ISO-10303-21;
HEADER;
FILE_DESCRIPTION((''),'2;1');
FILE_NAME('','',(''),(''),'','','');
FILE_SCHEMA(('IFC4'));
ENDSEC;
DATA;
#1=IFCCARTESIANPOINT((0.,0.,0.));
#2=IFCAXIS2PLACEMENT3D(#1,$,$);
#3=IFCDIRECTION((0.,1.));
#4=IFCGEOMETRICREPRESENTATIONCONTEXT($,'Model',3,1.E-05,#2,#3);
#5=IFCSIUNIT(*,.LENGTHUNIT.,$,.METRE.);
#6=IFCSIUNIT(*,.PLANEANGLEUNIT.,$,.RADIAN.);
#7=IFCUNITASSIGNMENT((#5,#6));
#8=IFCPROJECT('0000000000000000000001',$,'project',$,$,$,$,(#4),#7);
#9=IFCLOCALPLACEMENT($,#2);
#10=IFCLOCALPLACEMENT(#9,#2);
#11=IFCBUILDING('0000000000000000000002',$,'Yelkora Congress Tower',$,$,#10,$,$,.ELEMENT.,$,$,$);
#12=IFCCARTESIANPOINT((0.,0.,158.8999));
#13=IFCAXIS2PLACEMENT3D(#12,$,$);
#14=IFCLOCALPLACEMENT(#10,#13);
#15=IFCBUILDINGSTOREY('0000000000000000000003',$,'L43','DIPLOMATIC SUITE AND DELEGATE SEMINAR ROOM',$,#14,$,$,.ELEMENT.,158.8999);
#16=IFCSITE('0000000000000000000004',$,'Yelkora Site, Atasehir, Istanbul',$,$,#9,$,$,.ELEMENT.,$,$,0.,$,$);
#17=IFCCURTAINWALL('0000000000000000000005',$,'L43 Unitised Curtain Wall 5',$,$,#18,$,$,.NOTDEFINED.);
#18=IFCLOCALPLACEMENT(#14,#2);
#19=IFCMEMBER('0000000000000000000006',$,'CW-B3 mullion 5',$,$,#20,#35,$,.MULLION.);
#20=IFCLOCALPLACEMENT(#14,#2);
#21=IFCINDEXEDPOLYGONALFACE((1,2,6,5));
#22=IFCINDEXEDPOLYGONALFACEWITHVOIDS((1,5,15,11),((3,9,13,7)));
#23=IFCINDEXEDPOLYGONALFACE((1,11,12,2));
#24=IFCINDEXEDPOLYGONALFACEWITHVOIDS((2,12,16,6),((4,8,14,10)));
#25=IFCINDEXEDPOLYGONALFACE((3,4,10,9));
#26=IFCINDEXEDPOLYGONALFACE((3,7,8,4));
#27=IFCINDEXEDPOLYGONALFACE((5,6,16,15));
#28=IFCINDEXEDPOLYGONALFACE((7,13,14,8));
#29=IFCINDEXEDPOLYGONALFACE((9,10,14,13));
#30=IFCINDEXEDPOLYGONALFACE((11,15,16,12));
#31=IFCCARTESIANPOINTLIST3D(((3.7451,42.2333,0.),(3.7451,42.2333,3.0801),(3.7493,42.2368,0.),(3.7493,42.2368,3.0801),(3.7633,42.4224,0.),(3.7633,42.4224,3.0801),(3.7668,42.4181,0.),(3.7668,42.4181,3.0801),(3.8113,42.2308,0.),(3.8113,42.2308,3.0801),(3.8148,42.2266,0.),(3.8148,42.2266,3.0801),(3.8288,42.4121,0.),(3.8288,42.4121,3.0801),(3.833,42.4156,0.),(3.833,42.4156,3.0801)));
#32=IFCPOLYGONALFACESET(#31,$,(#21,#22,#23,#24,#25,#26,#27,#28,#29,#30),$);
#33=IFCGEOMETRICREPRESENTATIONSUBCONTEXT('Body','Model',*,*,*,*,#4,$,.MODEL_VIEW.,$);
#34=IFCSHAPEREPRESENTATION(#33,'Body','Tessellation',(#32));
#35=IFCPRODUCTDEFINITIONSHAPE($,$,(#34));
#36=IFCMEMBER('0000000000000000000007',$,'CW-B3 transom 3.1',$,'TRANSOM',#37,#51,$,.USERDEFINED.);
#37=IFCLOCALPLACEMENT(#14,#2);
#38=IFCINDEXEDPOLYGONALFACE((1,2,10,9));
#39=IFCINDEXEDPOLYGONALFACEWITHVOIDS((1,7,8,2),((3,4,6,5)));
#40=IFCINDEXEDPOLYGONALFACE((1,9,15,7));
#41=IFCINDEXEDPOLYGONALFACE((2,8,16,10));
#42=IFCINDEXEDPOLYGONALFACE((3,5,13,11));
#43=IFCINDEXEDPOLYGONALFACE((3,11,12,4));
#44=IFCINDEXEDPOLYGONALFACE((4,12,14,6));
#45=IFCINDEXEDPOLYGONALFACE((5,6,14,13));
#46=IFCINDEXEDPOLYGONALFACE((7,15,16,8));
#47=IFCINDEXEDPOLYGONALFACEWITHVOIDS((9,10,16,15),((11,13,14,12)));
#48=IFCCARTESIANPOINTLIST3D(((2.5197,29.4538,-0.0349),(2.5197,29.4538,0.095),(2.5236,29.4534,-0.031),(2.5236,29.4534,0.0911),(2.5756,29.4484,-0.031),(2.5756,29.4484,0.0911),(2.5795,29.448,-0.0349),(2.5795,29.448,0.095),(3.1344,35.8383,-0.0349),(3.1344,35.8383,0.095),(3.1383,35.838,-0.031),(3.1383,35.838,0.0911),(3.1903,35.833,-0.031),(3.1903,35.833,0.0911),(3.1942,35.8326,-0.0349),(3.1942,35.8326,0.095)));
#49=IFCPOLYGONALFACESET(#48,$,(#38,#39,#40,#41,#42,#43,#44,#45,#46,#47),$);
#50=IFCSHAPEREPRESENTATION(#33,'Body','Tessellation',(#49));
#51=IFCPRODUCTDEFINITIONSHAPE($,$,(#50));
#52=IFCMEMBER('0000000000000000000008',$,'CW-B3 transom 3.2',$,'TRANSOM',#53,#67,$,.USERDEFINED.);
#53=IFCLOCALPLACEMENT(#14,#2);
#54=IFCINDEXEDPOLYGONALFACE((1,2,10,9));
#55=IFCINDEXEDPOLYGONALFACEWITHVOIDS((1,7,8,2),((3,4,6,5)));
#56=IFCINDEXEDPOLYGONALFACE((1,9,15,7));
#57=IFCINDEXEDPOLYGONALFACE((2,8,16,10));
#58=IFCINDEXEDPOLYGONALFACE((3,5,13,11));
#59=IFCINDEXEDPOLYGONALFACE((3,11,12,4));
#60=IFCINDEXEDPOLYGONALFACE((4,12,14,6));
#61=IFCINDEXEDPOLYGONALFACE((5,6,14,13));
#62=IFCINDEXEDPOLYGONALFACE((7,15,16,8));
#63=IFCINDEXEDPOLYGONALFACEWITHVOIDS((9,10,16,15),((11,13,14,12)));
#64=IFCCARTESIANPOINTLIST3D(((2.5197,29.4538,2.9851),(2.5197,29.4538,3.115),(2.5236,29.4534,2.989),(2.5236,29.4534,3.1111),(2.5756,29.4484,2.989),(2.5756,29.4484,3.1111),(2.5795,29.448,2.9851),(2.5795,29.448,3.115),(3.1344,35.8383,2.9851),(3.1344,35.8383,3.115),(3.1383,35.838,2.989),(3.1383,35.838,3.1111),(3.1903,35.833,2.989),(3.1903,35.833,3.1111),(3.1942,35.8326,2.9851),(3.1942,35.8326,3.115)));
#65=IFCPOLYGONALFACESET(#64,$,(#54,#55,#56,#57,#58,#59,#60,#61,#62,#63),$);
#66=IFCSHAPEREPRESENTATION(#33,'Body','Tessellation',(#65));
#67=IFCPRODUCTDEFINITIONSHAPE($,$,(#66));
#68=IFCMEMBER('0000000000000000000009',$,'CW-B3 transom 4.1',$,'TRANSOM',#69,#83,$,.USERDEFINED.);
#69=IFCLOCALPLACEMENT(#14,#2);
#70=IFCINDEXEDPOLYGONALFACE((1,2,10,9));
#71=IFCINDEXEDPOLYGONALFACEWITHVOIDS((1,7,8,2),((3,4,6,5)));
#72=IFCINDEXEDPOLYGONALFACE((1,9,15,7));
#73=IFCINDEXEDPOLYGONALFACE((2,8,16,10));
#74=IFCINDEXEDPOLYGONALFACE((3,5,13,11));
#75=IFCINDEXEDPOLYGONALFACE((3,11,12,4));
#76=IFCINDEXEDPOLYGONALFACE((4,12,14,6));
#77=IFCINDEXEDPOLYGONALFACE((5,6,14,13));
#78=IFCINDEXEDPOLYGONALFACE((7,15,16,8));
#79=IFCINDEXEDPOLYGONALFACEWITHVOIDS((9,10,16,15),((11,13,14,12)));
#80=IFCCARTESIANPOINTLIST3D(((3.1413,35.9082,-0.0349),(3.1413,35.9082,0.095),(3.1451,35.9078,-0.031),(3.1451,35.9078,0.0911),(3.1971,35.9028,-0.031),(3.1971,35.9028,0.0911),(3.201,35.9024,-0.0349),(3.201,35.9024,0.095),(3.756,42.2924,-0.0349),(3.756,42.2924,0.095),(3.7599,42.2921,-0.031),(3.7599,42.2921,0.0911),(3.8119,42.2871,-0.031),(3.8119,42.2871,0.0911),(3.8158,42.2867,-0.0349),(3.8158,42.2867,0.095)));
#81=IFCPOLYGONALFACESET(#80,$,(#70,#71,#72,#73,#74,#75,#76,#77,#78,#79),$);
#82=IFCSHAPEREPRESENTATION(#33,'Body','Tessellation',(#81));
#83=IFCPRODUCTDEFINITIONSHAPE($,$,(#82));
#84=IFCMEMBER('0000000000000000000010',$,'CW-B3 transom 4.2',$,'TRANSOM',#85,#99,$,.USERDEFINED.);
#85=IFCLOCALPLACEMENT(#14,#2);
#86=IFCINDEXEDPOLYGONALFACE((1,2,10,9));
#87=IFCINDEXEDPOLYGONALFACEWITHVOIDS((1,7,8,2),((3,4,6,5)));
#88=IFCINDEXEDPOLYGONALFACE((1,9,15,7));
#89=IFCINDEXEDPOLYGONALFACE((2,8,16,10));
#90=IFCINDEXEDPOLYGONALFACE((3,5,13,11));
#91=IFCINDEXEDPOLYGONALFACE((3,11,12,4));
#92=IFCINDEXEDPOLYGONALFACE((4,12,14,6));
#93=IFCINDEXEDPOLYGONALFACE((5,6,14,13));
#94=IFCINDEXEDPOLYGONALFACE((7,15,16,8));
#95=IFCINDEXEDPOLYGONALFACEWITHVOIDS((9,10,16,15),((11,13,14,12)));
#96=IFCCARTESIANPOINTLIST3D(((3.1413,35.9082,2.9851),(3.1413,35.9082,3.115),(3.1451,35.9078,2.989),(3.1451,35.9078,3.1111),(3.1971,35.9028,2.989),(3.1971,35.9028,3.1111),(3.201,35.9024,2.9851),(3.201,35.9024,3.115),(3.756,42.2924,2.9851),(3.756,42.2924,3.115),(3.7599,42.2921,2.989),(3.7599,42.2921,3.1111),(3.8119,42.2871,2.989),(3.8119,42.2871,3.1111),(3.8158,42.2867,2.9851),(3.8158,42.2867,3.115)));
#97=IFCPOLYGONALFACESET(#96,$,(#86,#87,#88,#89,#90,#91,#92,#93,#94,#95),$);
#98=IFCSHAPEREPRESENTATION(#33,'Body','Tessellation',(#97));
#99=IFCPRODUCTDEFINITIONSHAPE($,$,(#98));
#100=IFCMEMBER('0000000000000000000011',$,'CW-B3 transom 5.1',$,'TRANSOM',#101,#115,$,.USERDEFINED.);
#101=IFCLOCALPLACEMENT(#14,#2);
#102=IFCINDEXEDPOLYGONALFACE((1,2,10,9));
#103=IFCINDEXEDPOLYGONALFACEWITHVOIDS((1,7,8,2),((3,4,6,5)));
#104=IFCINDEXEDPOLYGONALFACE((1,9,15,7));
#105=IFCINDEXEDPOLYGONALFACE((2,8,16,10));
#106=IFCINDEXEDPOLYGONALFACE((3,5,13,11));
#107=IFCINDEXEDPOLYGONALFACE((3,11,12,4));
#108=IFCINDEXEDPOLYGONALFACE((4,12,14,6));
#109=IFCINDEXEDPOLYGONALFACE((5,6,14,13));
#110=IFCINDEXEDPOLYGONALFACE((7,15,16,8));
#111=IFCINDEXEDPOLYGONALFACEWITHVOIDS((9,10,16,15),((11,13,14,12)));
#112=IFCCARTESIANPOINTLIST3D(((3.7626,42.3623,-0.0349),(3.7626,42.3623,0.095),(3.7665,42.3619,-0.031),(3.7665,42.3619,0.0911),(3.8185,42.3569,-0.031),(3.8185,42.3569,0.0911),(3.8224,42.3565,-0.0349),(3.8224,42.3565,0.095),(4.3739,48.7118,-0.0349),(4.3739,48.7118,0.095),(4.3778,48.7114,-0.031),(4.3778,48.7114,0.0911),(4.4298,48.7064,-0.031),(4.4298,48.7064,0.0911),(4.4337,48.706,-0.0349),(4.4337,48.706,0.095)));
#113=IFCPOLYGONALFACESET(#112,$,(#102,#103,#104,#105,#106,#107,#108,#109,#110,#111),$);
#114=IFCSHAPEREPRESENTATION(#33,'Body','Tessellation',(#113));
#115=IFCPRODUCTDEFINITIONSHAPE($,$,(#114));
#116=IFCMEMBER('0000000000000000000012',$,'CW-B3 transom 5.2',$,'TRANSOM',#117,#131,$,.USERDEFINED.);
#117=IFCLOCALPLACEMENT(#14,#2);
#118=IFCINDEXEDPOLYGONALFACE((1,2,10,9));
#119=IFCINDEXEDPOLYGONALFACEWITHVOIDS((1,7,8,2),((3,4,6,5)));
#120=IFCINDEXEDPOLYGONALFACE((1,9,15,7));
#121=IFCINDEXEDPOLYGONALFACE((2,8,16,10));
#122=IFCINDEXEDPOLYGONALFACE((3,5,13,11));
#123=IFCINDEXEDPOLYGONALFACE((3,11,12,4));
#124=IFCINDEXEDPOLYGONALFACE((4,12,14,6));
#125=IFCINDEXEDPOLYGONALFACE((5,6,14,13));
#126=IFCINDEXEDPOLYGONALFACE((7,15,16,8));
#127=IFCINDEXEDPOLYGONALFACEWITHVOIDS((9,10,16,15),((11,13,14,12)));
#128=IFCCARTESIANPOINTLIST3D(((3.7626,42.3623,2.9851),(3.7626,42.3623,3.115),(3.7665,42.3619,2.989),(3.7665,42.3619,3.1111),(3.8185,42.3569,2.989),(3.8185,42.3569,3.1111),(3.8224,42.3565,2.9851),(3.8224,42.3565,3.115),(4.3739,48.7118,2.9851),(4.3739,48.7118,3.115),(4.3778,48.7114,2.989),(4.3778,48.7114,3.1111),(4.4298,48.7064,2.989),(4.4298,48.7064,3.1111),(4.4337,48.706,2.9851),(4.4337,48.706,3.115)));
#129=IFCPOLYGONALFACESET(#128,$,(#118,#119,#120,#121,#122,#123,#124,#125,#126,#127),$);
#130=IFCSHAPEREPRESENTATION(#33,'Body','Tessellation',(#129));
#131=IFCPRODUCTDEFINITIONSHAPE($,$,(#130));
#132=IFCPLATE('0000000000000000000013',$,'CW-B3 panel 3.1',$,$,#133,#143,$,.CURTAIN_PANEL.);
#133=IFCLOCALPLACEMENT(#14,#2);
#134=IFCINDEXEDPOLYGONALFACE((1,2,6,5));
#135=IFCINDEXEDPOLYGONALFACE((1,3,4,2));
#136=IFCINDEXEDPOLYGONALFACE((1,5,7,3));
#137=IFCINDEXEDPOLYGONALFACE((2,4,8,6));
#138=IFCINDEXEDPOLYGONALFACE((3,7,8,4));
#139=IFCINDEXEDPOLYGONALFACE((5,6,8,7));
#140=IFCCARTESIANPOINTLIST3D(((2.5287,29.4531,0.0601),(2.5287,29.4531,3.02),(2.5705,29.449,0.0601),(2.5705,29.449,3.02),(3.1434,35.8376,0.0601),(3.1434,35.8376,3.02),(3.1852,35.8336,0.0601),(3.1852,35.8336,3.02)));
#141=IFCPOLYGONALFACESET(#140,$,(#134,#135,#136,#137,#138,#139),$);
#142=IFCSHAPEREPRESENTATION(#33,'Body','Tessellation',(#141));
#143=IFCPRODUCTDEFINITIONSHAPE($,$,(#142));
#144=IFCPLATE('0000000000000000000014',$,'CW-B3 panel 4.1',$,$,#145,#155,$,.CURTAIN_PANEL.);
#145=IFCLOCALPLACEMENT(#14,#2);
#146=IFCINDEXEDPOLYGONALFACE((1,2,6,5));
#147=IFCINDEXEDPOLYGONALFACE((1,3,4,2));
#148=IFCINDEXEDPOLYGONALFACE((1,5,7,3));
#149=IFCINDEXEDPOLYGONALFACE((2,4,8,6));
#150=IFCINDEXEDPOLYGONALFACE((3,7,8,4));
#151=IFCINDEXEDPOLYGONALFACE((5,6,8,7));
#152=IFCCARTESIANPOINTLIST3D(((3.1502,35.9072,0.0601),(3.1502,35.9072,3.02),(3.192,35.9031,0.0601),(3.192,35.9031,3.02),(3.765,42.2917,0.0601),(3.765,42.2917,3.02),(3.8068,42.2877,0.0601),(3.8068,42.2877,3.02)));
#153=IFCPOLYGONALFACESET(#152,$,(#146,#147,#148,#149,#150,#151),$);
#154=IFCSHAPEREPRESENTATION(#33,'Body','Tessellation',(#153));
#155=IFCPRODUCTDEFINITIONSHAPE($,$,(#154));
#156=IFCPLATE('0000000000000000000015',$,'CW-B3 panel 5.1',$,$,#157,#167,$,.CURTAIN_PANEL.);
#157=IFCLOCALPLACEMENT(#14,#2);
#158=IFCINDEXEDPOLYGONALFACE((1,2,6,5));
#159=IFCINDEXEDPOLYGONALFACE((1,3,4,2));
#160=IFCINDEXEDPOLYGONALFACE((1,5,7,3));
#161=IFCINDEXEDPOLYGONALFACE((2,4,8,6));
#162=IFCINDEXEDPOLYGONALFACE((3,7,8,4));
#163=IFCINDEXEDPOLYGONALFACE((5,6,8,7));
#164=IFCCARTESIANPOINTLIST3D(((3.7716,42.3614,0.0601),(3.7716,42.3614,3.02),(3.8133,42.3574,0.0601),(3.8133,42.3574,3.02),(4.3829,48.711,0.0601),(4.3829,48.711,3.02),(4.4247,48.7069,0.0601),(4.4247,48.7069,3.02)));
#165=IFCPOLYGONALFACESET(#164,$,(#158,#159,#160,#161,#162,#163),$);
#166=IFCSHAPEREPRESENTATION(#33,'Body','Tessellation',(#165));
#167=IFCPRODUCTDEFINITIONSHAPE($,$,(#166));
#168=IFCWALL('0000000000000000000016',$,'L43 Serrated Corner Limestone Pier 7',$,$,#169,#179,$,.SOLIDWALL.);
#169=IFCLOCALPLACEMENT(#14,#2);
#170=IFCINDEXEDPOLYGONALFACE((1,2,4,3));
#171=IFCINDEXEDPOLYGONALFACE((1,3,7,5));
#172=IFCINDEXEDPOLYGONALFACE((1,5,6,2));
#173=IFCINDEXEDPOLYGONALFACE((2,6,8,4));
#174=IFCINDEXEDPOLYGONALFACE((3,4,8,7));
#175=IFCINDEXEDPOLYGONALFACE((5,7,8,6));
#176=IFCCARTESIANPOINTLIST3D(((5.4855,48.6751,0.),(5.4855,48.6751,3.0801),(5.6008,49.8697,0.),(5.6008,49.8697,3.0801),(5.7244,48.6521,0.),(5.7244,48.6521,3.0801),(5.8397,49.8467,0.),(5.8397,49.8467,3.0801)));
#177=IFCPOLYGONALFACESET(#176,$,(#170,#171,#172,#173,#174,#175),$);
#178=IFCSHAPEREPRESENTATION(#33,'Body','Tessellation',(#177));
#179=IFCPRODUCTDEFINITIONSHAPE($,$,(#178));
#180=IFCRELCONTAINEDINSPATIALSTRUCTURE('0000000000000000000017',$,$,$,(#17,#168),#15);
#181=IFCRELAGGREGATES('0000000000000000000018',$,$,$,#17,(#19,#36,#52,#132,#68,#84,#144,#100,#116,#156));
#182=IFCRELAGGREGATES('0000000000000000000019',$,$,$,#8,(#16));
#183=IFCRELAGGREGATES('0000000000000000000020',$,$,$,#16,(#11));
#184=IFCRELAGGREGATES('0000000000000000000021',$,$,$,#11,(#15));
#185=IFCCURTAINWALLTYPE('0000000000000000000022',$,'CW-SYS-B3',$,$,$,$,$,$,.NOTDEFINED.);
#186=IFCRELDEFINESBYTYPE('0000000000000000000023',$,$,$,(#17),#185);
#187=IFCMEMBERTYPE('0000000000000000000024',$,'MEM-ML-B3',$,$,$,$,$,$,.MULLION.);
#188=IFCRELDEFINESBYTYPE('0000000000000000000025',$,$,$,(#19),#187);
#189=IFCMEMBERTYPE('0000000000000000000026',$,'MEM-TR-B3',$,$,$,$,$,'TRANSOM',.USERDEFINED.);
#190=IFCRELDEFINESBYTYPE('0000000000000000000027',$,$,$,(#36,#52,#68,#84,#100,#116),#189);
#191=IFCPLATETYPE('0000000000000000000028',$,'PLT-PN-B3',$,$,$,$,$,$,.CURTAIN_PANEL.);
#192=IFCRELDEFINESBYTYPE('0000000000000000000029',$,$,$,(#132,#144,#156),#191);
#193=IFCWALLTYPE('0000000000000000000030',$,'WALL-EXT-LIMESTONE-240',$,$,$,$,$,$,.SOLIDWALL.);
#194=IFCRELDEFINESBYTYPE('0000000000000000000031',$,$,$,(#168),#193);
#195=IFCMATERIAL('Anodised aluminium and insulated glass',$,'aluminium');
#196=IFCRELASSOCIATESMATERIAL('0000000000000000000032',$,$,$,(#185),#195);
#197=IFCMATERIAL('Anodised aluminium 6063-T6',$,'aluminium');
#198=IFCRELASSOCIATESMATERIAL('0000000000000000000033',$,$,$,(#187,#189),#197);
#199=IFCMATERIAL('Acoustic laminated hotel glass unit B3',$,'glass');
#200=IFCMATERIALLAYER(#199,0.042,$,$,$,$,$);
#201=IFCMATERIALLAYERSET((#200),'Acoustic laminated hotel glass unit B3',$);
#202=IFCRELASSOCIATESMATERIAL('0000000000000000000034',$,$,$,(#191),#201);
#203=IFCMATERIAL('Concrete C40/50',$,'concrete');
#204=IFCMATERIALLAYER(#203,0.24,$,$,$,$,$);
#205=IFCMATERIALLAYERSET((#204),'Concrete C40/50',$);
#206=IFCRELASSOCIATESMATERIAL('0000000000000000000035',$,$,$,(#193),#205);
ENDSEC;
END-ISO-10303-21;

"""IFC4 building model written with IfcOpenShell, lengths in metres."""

from ifc_helpers import new_model, si_unit, direction, frame, frame_2d, origin, origin_2d, place, context, subcontext, project, spatial, rectangle, hollow_rectangle, extrude, material, layer, layer_set, material_profile, profile_set, type_object, element, aggregate, save


model = new_model("IFC4")

# Units and contexts
model_context = context("Model", 3, precision=1e-05, world=origin(), true_north=direction((0.0, 1.0)))
body_context = subcontext(model_context, "Body", "Model", "MODEL_VIEW")
ifc_project = project(units=[si_unit("LENGTHUNIT", "METRE"), si_unit("PLANEANGLEUNIT", "RADIAN")], contexts=[model_context])

# Site, building, storey
site_placement = place(None, origin())
site = spatial("IfcSite", under=ifc_project, at=site_placement, Name="Yelkora Site, Atasehir, Istanbul", CompositionType="ELEMENT", RefElevation=0.0)
building_placement = place(site_placement, origin())
building = spatial("IfcBuilding", under=site, at=building_placement, Name="Yelkora Congress Tower", CompositionType="ELEMENT")
storey_placement = place(building_placement, frame((0.0, 0.0, 158.8999)))
storey = spatial("IfcBuildingStorey", under=building, at=storey_placement, Name="L43", Description="DIPLOMATIC SUITE AND DELEGATE SEMINAR ROOM", CompositionType="ELEMENT", Elevation=158.8999)

# Curtain wall, members, plates
ifc_material_1 = material(Name="Anodised aluminium and insulated glass", Category="aluminium")
curtain_wall_type = type_object("IfcCurtainWallType", Name="CW-SYS-B3", PredefinedType="NOTDEFINED", material=ifc_material_1)
curtain_wall_placement = place(storey_placement, origin())
curtain_wall = element("IfcCurtainWall", 1, at=curtain_wall_placement, inside=storey, type_object=curtain_wall_type, Name="L43 Unitised Curtain Wall 5", PredefinedType="NOTDEFINED")
ifc_material_2 = material(Name="Anodised aluminium 6063-T6", Category="aluminium")
ifc_material_profile_1 = material_profile(ifc_material_2, hollow_rectangle(XDim=0.0701, YDim=0.1899, WallThickness=0.0039, at=origin_2d()), Name="ALU 70x190x4")
ifc_profile_set_1 = profile_set([ifc_material_profile_1], Name="Anodised aluminium 6063-T6")
member_type_1 = type_object("IfcMemberType", Name="MEM-ML-B3", PredefinedType="MULLION", material=ifc_profile_set_1)
member_1_placement = place(storey_placement, frame((3.7891, 42.3245, 0.0), z_axis=(0.0, 0.0, 1.0), x_axis=(-0.995396, 0.095845, 0.0)))
member_1 = element("IfcMember", 2, at=member_1_placement, type_object=member_type_1, Name="CW-B3 mullion 5", PredefinedType="MULLION", context=body_context, shape_type="SweptSolid", body=[
    extrude(hollow_rectangle(XDim=0.0701, YDim=0.1899, WallThickness=0.0039, at=origin_2d()), origin(), (0.0, 0.0, 1.0), 3.0801),
])
ifc_material_profile_2 = material_profile(ifc_material_2, hollow_rectangle(XDim=0.0601, YDim=0.1299, WallThickness=0.0039, at=origin_2d()), Name="ALU 60x130x4")
ifc_profile_set_2 = profile_set([ifc_material_profile_2], Name="Anodised aluminium 6063-T6")
member_type_2 = type_object("IfcMemberType", Name="MEM-TR-B3", ElementType="TRANSOM", PredefinedType="USERDEFINED", material=ifc_profile_set_2)
member_2_placement = place(storey_placement, frame((2.5496, 29.4509, 0.03), z_axis=(0.095844, 0.995396, 0.0), x_axis=(-0.995396, 0.095844, 0.0)))
member_2 = element("IfcMember", 3, at=member_2_placement, type_object=member_type_2, Name="CW-B3 transom 3.1", ObjectType="TRANSOM", PredefinedType="USERDEFINED", context=body_context, shape_type="SweptSolid", body=[
    extrude(hollow_rectangle(XDim=0.0601, YDim=0.1299, WallThickness=0.0039, at=origin_2d()), origin(), (0.0, 0.0, 1.0), 6.4141),
])
member_3_placement = place(storey_placement, frame((2.5496, 29.4509, 3.05), z_axis=(0.095844, 0.995396, 0.0), x_axis=(-0.995396, 0.095844, 0.0)))
member_3 = element("IfcMember", 4, at=member_3_placement, type_object=member_type_2, Name="CW-B3 transom 3.2", ObjectType="TRANSOM", PredefinedType="USERDEFINED", context=body_context, shape_type="SweptSolid", body=[
    extrude(hollow_rectangle(XDim=0.0601, YDim=0.1299, WallThickness=0.0039, at=origin_2d()), origin(), (0.0, 0.0, 1.0), 6.4141),
])
member_4_placement = place(storey_placement, frame((3.1711, 35.9053, 0.03), z_axis=(0.095847, 0.995396, 0.0), x_axis=(-0.995396, 0.095847, 0.0)))
member_4 = element("IfcMember", 5, at=member_4_placement, type_object=member_type_2, Name="CW-B3 transom 4.1", ObjectType="TRANSOM", PredefinedType="USERDEFINED", context=body_context, shape_type="SweptSolid", body=[
    extrude(hollow_rectangle(XDim=0.0601, YDim=0.1299, WallThickness=0.0039, at=origin_2d()), origin(), (0.0, 0.0, 1.0), 6.4138),
])
member_5_placement = place(storey_placement, frame((3.1711, 35.9053, 3.05), z_axis=(0.095847, 0.995396, 0.0), x_axis=(-0.995396, 0.095847, 0.0)))
member_5 = element("IfcMember", 6, at=member_5_placement, type_object=member_type_2, Name="CW-B3 transom 4.2", ObjectType="TRANSOM", PredefinedType="USERDEFINED", context=body_context, shape_type="SweptSolid", body=[
    extrude(hollow_rectangle(XDim=0.0601, YDim=0.1299, WallThickness=0.0039, at=origin_2d()), origin(), (0.0, 0.0, 1.0), 6.4138),
])
member_6_placement = place(storey_placement, frame((3.7925, 42.3594, 0.03), z_axis=(0.095835, 0.995397, 0.0), x_axis=(-0.995397, 0.095835, 0.0)))
member_6 = element("IfcMember", 7, at=member_6_placement, type_object=member_type_2, Name="CW-B3 transom 5.1", ObjectType="TRANSOM", PredefinedType="USERDEFINED", context=body_context, shape_type="SweptSolid", body=[
    extrude(hollow_rectangle(XDim=0.0601, YDim=0.1299, WallThickness=0.0039, at=origin_2d()), origin(), (0.0, 0.0, 1.0), 6.3789),
])
member_7_placement = place(storey_placement, frame((3.7925, 42.3594, 3.05), z_axis=(0.095835, 0.995397, 0.0), x_axis=(-0.995397, 0.095835, 0.0)))
member_7 = element("IfcMember", 8, at=member_7_placement, type_object=member_type_2, Name="CW-B3 transom 5.2", ObjectType="TRANSOM", PredefinedType="USERDEFINED", context=body_context, shape_type="SweptSolid", body=[
    extrude(hollow_rectangle(XDim=0.0601, YDim=0.1299, WallThickness=0.0039, at=origin_2d()), origin(), (0.0, 0.0, 1.0), 6.3789),
])
ifc_material_3 = material(Name="Acoustic laminated hotel glass unit B3", Category="glass")
ifc_layer_1 = layer(ifc_material_3, 0.042)
ifc_layer_set_1 = layer_set([ifc_layer_1], Name="Acoustic laminated hotel glass unit B3")
plate_type = type_object("IfcPlateType", Name="PLT-PN-B3", PredefinedType="CURTAIN_PANEL", material=ifc_layer_set_1)
plate_1_placement = place(storey_placement, frame((2.8569, 32.6433, 0.0601), z_axis=(0.0, 0.0, 1.0), x_axis=(0.095845, 0.995396, 0.0)))
plate_1 = element("IfcPlate", 9, at=plate_1_placement, type_object=plate_type, Name="CW-B3 panel 3.1", PredefinedType="CURTAIN_PANEL", context=body_context, shape_type="SweptSolid", body=[
    extrude(rectangle(XDim=6.4141, YDim=0.042, at=origin_2d()), origin(), (0.0, 0.0, 1.0), 2.96),
])
plate_2_placement = place(storey_placement, frame((3.4785, 39.0974, 0.0601), z_axis=(0.0, 0.0, 1.0), x_axis=(0.095845, 0.995396, 0.0)))
plate_2 = element("IfcPlate", 10, at=plate_2_placement, type_object=plate_type, Name="CW-B3 panel 4.1", PredefinedType="CURTAIN_PANEL", context=body_context, shape_type="SweptSolid", body=[
    extrude(rectangle(XDim=6.4141, YDim=0.042, at=origin_2d()), origin(), (0.0, 0.0, 1.0), 2.96),
])
plate_3_placement = place(storey_placement, frame((4.0981, 45.5342, 0.0601), z_axis=(0.0, 0.0, 1.0), x_axis=(0.095845, 0.995396, 0.0)))
plate_3 = element("IfcPlate", 11, at=plate_3_placement, type_object=plate_type, Name="CW-B3 panel 5.1", PredefinedType="CURTAIN_PANEL", context=body_context, shape_type="SweptSolid", body=[
    extrude(rectangle(XDim=6.3789, YDim=0.042, at=origin_2d()), origin(), (0.0, 0.0, 1.0), 2.96),
])
aggregate(curtain_wall, [member_1, member_2, member_3, plate_1, member_4, member_5, plate_2, member_6, member_7, plate_3])

# Wall
ifc_material_4 = material(Name="Concrete C40/50", Category="concrete")
ifc_layer_2 = layer(ifc_material_4, 0.24)
ifc_layer_set_2 = layer_set([ifc_layer_2], Name="Concrete C40/50")
wall_type_1 = type_object("IfcWallType", Name="WALL-EXT-LIMESTONE-240", PredefinedType="SOLIDWALL", material=ifc_layer_set_2)
wall_1_placement = place(storey_placement, frame((5.605, 48.6636, 0.0), z_axis=(0.0, 0.0, 1.0), x_axis=(0.096019, 0.99538, 0.0)))
element("IfcWall", 12, at=wall_1_placement, inside=storey, type_object=wall_type_1, Name="L43 Serrated Corner Limestone Pier 7", PredefinedType="SOLIDWALL", context=body_context, shape_type="SweptSolid", body=[
    extrude(rectangle(XDim=1.2002, YDim=0.24, at=frame_2d((0.6001, 0.0))), origin(), (0.0, 0.0, 1.0), 3.0801),
])

save(model, "model.ifc")
